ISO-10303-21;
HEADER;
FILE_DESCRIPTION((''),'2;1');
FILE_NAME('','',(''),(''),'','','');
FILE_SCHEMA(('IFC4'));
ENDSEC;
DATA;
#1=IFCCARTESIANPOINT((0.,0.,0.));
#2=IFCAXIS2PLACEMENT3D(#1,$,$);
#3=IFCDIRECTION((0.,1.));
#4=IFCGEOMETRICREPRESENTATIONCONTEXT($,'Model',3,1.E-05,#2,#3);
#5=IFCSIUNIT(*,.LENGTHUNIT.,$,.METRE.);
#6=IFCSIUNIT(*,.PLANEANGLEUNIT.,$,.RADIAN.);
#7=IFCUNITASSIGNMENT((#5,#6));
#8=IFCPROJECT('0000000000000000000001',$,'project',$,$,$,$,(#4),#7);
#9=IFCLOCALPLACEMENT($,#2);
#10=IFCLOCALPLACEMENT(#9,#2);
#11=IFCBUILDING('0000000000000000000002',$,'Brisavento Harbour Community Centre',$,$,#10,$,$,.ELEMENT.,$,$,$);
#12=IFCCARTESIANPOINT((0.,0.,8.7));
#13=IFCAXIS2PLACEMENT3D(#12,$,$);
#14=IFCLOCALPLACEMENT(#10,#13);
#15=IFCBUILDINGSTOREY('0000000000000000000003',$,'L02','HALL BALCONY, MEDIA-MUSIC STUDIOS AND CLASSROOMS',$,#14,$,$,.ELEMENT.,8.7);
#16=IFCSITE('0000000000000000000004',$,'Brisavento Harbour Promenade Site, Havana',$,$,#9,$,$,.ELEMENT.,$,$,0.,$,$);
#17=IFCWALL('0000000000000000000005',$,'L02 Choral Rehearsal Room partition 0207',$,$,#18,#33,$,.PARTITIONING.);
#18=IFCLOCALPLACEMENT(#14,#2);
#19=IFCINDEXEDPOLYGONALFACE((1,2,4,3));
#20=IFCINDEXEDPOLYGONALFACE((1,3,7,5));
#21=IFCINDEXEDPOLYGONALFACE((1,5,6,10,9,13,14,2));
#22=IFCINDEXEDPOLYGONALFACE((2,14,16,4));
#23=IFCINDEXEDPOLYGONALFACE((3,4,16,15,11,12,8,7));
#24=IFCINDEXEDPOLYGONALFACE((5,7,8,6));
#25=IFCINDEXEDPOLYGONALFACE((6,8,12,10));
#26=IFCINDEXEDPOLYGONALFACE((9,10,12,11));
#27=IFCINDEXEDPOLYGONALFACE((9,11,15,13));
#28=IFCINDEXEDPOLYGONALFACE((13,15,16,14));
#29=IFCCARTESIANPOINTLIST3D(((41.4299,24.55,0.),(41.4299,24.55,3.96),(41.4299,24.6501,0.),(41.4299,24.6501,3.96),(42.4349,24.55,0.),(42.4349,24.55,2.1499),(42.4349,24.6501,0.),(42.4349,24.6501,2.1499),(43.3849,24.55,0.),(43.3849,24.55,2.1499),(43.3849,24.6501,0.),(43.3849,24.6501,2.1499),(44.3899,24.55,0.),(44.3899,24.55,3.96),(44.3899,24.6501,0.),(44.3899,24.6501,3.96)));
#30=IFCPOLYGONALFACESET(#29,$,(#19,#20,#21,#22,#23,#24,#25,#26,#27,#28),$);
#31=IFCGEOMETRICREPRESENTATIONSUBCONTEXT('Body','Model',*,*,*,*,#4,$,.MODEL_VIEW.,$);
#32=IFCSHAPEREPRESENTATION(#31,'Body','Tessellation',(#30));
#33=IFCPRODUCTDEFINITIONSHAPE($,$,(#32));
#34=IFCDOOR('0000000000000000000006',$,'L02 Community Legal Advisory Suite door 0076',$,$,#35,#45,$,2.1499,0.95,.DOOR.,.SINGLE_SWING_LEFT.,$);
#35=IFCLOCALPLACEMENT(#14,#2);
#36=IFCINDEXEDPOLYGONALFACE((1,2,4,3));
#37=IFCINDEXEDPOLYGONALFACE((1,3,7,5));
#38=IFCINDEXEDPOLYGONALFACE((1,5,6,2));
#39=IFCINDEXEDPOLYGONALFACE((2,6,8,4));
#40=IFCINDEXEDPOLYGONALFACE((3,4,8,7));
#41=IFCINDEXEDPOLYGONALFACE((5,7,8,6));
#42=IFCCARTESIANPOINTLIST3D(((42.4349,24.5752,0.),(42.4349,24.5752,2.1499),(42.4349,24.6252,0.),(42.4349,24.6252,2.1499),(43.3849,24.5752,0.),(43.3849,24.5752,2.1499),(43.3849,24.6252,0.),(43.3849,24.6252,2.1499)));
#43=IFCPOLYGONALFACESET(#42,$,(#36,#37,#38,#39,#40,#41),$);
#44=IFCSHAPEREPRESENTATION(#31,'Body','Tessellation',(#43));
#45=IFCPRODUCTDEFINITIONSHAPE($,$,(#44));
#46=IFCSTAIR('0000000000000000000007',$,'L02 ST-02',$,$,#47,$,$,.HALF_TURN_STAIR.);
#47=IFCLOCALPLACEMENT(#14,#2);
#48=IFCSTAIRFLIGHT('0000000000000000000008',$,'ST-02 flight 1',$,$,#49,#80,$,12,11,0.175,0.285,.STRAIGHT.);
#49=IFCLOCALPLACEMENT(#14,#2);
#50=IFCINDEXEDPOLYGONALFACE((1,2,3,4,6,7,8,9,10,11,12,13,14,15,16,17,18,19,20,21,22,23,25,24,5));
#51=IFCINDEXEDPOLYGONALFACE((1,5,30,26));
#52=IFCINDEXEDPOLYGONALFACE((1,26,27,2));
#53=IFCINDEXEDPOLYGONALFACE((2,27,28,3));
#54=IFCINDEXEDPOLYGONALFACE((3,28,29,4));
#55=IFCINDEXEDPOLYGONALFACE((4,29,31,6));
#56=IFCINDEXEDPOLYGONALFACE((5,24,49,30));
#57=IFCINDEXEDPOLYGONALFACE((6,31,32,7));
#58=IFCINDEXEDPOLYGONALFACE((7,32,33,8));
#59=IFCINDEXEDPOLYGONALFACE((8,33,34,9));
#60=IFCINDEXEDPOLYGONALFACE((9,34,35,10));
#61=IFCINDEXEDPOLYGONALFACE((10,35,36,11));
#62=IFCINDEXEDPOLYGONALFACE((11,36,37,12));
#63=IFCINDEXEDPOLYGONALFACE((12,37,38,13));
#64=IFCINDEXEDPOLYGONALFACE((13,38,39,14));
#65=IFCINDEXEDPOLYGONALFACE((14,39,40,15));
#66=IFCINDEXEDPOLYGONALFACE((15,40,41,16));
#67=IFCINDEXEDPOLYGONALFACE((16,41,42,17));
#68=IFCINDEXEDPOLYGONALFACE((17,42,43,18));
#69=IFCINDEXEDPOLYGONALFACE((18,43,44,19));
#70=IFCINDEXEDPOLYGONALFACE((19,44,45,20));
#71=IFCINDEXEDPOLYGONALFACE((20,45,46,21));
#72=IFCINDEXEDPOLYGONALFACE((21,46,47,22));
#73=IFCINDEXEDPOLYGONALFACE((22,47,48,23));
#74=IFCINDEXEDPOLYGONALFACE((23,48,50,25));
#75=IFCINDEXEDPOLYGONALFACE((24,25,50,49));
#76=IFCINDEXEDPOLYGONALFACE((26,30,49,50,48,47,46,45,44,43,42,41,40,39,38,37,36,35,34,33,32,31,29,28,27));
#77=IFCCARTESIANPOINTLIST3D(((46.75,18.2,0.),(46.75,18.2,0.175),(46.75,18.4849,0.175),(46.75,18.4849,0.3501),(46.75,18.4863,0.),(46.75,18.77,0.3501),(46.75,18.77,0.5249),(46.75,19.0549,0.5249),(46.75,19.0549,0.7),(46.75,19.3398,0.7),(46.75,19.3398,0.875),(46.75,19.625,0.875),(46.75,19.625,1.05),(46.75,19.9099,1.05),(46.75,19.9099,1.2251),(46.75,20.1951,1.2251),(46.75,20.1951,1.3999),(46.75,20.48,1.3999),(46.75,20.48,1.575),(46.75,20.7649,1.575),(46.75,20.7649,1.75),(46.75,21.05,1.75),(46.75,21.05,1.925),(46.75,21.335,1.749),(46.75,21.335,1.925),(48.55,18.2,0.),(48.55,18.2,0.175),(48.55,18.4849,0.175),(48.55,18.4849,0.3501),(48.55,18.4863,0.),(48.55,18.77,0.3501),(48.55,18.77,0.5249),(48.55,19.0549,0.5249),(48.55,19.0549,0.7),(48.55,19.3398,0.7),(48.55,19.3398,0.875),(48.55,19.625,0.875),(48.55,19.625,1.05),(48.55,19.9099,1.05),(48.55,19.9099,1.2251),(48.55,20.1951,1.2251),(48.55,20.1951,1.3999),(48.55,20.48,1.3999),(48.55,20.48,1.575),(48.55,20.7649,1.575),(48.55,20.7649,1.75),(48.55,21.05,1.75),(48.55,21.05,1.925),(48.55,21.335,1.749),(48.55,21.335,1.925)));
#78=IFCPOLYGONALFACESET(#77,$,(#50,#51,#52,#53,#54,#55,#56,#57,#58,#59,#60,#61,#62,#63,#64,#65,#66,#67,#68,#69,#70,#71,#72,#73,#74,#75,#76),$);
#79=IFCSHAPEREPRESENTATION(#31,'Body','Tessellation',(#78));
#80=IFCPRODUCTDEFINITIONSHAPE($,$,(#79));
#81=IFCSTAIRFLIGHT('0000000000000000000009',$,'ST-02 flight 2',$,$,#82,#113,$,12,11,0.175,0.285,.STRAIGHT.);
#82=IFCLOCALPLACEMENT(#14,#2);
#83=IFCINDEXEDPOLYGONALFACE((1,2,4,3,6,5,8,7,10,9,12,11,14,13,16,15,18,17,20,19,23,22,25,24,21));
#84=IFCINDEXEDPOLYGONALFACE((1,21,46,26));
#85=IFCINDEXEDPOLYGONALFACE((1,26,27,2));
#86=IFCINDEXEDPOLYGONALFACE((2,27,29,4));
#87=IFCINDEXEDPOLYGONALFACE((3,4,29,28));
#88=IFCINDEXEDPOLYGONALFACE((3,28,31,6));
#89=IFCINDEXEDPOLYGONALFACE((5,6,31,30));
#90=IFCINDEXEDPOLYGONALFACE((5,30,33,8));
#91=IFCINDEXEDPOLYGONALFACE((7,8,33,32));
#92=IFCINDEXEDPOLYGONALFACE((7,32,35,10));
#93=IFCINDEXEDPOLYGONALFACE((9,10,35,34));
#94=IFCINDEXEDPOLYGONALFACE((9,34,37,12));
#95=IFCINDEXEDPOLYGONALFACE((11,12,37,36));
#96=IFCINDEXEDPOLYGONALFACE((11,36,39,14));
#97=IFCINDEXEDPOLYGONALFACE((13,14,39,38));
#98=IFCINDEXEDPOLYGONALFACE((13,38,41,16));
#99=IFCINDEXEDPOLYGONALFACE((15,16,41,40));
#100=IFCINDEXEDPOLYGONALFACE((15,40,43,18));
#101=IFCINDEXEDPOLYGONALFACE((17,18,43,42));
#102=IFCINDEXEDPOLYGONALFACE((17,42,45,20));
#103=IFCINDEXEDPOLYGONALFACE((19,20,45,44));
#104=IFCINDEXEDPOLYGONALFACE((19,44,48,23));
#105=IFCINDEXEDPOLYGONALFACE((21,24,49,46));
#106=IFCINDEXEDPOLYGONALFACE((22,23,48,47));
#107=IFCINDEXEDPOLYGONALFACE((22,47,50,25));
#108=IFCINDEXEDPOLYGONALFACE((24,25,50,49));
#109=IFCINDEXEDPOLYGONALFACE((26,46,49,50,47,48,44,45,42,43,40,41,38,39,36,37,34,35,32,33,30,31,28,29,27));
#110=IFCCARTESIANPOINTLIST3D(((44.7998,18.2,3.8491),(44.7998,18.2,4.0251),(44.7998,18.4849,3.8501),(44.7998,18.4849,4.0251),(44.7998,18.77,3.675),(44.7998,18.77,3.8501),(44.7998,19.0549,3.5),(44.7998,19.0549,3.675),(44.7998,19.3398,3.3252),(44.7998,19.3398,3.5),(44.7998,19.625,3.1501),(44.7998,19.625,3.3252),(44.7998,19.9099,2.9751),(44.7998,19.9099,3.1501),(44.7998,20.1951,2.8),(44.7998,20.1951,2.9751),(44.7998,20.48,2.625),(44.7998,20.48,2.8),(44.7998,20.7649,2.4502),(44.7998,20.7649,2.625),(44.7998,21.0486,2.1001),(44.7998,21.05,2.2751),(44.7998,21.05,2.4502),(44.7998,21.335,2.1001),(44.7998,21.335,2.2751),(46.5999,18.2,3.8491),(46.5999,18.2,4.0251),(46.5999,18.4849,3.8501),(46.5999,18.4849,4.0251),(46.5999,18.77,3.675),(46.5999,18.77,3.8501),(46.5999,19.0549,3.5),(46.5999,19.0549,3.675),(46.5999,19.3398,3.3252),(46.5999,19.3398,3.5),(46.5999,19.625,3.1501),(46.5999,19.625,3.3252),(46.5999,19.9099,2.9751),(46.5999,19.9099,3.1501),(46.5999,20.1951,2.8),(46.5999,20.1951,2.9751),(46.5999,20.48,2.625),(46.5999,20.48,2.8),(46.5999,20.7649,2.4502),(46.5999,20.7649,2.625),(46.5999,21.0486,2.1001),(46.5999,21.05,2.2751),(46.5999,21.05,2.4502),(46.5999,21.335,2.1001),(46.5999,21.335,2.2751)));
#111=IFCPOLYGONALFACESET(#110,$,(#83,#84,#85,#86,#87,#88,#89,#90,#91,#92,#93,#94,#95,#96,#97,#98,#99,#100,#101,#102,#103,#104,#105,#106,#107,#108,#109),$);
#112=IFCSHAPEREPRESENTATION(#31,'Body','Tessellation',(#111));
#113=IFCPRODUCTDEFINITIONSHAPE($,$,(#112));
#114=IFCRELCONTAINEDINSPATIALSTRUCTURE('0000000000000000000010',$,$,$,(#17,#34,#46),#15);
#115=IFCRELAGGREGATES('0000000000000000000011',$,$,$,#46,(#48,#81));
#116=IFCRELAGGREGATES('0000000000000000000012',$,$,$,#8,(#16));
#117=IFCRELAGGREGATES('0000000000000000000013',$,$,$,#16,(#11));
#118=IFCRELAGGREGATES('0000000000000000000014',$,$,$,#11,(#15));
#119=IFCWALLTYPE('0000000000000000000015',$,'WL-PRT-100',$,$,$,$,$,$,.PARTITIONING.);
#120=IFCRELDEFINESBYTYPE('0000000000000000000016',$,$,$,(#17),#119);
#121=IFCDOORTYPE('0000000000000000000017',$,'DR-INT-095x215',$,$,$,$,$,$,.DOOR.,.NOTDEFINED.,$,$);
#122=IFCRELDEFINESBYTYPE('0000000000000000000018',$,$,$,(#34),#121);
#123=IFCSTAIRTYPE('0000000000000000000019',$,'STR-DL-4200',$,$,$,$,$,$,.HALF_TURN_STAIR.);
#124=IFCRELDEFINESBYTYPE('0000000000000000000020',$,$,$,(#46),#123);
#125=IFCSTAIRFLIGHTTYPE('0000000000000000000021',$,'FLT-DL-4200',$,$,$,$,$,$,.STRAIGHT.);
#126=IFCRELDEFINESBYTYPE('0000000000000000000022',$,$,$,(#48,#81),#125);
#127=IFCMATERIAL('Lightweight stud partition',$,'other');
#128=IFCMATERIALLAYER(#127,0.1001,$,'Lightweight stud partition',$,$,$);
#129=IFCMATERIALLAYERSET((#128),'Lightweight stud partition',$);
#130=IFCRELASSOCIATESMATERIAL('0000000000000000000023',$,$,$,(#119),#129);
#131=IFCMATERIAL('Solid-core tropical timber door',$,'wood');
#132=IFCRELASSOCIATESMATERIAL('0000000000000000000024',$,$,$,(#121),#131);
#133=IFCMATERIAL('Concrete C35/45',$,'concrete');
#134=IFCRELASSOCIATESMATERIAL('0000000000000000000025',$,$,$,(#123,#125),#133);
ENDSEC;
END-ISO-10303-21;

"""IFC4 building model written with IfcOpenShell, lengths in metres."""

from ifc_helpers import new_model, si_unit, direction, frame, frame_2d, origin, place, context, subcontext, project, spatial, polyline, rectangle, outline, extrude, material, layer, layer_set, type_object, element, fill, aggregate, save


model = new_model("IFC4")

# Units and contexts
model_context = context("Model", 3, precision=1e-05, world=origin(), true_north=direction((0.0, 1.0)))
body_context = subcontext(model_context, "Body", "Model", "MODEL_VIEW")
ifc_project = project(units=[si_unit("LENGTHUNIT", "METRE"), si_unit("PLANEANGLEUNIT", "RADIAN")], contexts=[model_context])

# Site, building, storey
site_placement = place(None, origin())
site = spatial("IfcSite", under=ifc_project, at=site_placement, Name="Brisavento Harbour Promenade Site, Havana", CompositionType="ELEMENT", RefElevation=0.0)
building_placement = place(site_placement, origin())
building = spatial("IfcBuilding", under=site, at=building_placement, Name="Brisavento Harbour Community Centre", CompositionType="ELEMENT")
storey_placement = place(building_placement, frame((0.0, 0.0, 8.7)))
storey = spatial("IfcBuildingStorey", under=building, at=storey_placement, Name="L02", Description="HALL BALCONY, MEDIA-MUSIC STUDIOS AND CLASSROOMS", CompositionType="ELEMENT", Elevation=8.7)

# Shared definitions
ifc_material_1 = material(Name="Concrete C35/45", Category="concrete")

# Wall, opening, door
ifc_material_2 = material(Name="Lightweight stud partition", Category="other")
ifc_layer_1 = layer(ifc_material_2, 0.1001, Name="Lightweight stud partition")
ifc_layer_set_1 = layer_set([ifc_layer_1], Name="Lightweight stud partition")
wall_type_1 = type_object("IfcWallType", Name="WL-PRT-100", PredefinedType="PARTITIONING", material=ifc_layer_set_1)
wall_1_placement = place(storey_placement, frame((44.3899, 24.6001, 0.0), z_axis=(0.0, 0.0, 1.0), x_axis=(-1.0, 0.0, 0.0)))
wall_1 = element("IfcWall", 1, at=wall_1_placement, inside=storey, type_object=wall_type_1, Name="L02 Choral Rehearsal Room partition 0207", PredefinedType="PARTITIONING", context=body_context, shape_type="SweptSolid", body=[
    extrude(rectangle(XDim=2.96, YDim=0.1001, at=frame_2d((1.48, 0.0))), origin(), (0.0, 0.0, 1.0), 3.96),
])
opening_1_placement = place(wall_1_placement, frame((1.0049, 0.0, 0.0)))
opening_1 = element("IfcOpeningElement", 2, at=opening_1_placement, cuts=wall_1, PredefinedType="OPENING", context=body_context, shape_type="SweptSolid", body=[
    extrude(rectangle(XDim=0.95, YDim=2.1499, at=frame_2d((0.4751, 1.075))), frame((0.0, 0.0601, 0.0), z_axis=(0.0, -1.0, 0.0), x_axis=(1.0, 0.0, 0.0)), (0.0, 0.0, 1.0), 0.1201),
])
ifc_material_3 = material(Name="Solid-core tropical timber door", Category="wood")
door_type_1 = type_object("IfcDoorType", Name="DR-INT-095x215", OperationType="NOTDEFINED", PredefinedType="DOOR", material=ifc_material_3)
door_1_placement = place(opening_1_placement, origin())
door_1 = element("IfcDoor", 3, at=door_1_placement, inside=storey, type_object=door_type_1, Name="L02 Community Legal Advisory Suite door 0076", OperationType="SINGLE_SWING_LEFT", OverallHeight=2.1499, OverallWidth=0.95, PredefinedType="DOOR", context=body_context, shape_type="SweptSolid", body=[
    extrude(rectangle(XDim=0.95, YDim=2.1499, at=frame_2d((0.4751, 1.075))), frame((0.0, 0.0249, 0.0), z_axis=(0.0, -1.0, 0.0), x_axis=(1.0, 0.0, 0.0)), (0.0, 0.0, 1.0), 0.05),
])
fill(opening_1, door_1)

# Stair, stair flights
stair_type = type_object("IfcStairType", Name="STR-DL-4200", PredefinedType="HALF_TURN_STAIR", material=ifc_material_1)
stair_placement = place(storey_placement, origin())
stair = element("IfcStair", 4, at=stair_placement, inside=storey, type_object=stair_type, Name="L02 ST-02", PredefinedType="HALF_TURN_STAIR")
stair_flight_type = type_object("IfcStairFlightType", Name="FLT-DL-4200", PredefinedType="STRAIGHT", material=ifc_material_1)
stair_flight_1_placement = place(storey_placement, frame((47.6499, 18.2, 0.0), z_axis=(0.0, 0.0, 1.0), x_axis=(0.0, 1.0, 0.0)))
stair_flight_1 = element("IfcStairFlight", 5, at=stair_flight_1_placement, type_object=stair_flight_type, Name="ST-02 flight 1", NumberOfRisers=12, NumberOfTreads=11, PredefinedType="STRAIGHT", RiserHeight=0.175, TreadLength=0.285, context=body_context, shape_type="SweptSolid", body=[
    extrude(outline(polyline([(0.0, 0.0), (0.0, 0.175), (0.2849, 0.175), (0.2849, 0.3501), (0.5701, 0.3501), (0.5701, 0.5249), (0.855, 0.5249), (0.855, 0.7), (1.1399, 0.7), (1.1399, 0.875), (1.425, 0.875), (1.425, 1.05), (1.71, 1.05), (1.71, 1.2251), (1.9951, 1.2251), (1.9951, 1.3999), (2.28, 1.3999), (2.28, 1.575), (2.5649, 1.575), (2.5649, 1.75), (2.8501, 1.75), (2.8501, 1.925), (3.135, 1.925), (3.135, 2.1001), (3.135, 1.749), (0.2864, 0.0), (0.0, 0.0)])), frame((0.0, 0.8999, 0.0), z_axis=(0.0, -1.0, 0.0), x_axis=(1.0, 0.0, 0.0)), (0.0, 0.0, 1.0), 1.8),
])
stair_flight_2_placement = place(storey_placement, frame((45.7, 21.335, 2.1001), z_axis=(0.0, 0.0, 1.0), x_axis=(0.0, -1.0, 0.0)))
stair_flight_2 = element("IfcStairFlight", 6, at=stair_flight_2_placement, type_object=stair_flight_type, Name="ST-02 flight 2", NumberOfRisers=12, NumberOfTreads=11, PredefinedType="STRAIGHT", RiserHeight=0.175, TreadLength=0.285, context=body_context, shape_type="SweptSolid", body=[
    extrude(outline(polyline([(0.0, 0.0), (0.0, 0.175), (0.2849, 0.175), (0.2849, 0.3501), (0.5701, 0.3501), (0.5701, 0.5249), (0.855, 0.5249), (0.855, 0.7), (1.1399, 0.7), (1.1399, 0.875), (1.425, 0.875), (1.425, 1.05), (1.71, 1.05), (1.71, 1.2251), (1.9951, 1.2251), (1.9951, 1.3999), (2.28, 1.3999), (2.28, 1.575), (2.5649, 1.575), (2.5649, 1.75), (2.8501, 1.75), (2.8501, 1.925), (3.135, 1.925), (3.135, 2.1001), (3.135, 1.749), (0.2864, 0.0), (0.0, 0.0)])), frame((0.0, 0.8999, 0.0), z_axis=(0.0, -1.0, 0.0), x_axis=(1.0, 0.0, 0.0)), (0.0, 0.0, 1.0), 1.8),
])
aggregate(stair, [stair_flight_1, stair_flight_2])

save(model, "model.ifc")
